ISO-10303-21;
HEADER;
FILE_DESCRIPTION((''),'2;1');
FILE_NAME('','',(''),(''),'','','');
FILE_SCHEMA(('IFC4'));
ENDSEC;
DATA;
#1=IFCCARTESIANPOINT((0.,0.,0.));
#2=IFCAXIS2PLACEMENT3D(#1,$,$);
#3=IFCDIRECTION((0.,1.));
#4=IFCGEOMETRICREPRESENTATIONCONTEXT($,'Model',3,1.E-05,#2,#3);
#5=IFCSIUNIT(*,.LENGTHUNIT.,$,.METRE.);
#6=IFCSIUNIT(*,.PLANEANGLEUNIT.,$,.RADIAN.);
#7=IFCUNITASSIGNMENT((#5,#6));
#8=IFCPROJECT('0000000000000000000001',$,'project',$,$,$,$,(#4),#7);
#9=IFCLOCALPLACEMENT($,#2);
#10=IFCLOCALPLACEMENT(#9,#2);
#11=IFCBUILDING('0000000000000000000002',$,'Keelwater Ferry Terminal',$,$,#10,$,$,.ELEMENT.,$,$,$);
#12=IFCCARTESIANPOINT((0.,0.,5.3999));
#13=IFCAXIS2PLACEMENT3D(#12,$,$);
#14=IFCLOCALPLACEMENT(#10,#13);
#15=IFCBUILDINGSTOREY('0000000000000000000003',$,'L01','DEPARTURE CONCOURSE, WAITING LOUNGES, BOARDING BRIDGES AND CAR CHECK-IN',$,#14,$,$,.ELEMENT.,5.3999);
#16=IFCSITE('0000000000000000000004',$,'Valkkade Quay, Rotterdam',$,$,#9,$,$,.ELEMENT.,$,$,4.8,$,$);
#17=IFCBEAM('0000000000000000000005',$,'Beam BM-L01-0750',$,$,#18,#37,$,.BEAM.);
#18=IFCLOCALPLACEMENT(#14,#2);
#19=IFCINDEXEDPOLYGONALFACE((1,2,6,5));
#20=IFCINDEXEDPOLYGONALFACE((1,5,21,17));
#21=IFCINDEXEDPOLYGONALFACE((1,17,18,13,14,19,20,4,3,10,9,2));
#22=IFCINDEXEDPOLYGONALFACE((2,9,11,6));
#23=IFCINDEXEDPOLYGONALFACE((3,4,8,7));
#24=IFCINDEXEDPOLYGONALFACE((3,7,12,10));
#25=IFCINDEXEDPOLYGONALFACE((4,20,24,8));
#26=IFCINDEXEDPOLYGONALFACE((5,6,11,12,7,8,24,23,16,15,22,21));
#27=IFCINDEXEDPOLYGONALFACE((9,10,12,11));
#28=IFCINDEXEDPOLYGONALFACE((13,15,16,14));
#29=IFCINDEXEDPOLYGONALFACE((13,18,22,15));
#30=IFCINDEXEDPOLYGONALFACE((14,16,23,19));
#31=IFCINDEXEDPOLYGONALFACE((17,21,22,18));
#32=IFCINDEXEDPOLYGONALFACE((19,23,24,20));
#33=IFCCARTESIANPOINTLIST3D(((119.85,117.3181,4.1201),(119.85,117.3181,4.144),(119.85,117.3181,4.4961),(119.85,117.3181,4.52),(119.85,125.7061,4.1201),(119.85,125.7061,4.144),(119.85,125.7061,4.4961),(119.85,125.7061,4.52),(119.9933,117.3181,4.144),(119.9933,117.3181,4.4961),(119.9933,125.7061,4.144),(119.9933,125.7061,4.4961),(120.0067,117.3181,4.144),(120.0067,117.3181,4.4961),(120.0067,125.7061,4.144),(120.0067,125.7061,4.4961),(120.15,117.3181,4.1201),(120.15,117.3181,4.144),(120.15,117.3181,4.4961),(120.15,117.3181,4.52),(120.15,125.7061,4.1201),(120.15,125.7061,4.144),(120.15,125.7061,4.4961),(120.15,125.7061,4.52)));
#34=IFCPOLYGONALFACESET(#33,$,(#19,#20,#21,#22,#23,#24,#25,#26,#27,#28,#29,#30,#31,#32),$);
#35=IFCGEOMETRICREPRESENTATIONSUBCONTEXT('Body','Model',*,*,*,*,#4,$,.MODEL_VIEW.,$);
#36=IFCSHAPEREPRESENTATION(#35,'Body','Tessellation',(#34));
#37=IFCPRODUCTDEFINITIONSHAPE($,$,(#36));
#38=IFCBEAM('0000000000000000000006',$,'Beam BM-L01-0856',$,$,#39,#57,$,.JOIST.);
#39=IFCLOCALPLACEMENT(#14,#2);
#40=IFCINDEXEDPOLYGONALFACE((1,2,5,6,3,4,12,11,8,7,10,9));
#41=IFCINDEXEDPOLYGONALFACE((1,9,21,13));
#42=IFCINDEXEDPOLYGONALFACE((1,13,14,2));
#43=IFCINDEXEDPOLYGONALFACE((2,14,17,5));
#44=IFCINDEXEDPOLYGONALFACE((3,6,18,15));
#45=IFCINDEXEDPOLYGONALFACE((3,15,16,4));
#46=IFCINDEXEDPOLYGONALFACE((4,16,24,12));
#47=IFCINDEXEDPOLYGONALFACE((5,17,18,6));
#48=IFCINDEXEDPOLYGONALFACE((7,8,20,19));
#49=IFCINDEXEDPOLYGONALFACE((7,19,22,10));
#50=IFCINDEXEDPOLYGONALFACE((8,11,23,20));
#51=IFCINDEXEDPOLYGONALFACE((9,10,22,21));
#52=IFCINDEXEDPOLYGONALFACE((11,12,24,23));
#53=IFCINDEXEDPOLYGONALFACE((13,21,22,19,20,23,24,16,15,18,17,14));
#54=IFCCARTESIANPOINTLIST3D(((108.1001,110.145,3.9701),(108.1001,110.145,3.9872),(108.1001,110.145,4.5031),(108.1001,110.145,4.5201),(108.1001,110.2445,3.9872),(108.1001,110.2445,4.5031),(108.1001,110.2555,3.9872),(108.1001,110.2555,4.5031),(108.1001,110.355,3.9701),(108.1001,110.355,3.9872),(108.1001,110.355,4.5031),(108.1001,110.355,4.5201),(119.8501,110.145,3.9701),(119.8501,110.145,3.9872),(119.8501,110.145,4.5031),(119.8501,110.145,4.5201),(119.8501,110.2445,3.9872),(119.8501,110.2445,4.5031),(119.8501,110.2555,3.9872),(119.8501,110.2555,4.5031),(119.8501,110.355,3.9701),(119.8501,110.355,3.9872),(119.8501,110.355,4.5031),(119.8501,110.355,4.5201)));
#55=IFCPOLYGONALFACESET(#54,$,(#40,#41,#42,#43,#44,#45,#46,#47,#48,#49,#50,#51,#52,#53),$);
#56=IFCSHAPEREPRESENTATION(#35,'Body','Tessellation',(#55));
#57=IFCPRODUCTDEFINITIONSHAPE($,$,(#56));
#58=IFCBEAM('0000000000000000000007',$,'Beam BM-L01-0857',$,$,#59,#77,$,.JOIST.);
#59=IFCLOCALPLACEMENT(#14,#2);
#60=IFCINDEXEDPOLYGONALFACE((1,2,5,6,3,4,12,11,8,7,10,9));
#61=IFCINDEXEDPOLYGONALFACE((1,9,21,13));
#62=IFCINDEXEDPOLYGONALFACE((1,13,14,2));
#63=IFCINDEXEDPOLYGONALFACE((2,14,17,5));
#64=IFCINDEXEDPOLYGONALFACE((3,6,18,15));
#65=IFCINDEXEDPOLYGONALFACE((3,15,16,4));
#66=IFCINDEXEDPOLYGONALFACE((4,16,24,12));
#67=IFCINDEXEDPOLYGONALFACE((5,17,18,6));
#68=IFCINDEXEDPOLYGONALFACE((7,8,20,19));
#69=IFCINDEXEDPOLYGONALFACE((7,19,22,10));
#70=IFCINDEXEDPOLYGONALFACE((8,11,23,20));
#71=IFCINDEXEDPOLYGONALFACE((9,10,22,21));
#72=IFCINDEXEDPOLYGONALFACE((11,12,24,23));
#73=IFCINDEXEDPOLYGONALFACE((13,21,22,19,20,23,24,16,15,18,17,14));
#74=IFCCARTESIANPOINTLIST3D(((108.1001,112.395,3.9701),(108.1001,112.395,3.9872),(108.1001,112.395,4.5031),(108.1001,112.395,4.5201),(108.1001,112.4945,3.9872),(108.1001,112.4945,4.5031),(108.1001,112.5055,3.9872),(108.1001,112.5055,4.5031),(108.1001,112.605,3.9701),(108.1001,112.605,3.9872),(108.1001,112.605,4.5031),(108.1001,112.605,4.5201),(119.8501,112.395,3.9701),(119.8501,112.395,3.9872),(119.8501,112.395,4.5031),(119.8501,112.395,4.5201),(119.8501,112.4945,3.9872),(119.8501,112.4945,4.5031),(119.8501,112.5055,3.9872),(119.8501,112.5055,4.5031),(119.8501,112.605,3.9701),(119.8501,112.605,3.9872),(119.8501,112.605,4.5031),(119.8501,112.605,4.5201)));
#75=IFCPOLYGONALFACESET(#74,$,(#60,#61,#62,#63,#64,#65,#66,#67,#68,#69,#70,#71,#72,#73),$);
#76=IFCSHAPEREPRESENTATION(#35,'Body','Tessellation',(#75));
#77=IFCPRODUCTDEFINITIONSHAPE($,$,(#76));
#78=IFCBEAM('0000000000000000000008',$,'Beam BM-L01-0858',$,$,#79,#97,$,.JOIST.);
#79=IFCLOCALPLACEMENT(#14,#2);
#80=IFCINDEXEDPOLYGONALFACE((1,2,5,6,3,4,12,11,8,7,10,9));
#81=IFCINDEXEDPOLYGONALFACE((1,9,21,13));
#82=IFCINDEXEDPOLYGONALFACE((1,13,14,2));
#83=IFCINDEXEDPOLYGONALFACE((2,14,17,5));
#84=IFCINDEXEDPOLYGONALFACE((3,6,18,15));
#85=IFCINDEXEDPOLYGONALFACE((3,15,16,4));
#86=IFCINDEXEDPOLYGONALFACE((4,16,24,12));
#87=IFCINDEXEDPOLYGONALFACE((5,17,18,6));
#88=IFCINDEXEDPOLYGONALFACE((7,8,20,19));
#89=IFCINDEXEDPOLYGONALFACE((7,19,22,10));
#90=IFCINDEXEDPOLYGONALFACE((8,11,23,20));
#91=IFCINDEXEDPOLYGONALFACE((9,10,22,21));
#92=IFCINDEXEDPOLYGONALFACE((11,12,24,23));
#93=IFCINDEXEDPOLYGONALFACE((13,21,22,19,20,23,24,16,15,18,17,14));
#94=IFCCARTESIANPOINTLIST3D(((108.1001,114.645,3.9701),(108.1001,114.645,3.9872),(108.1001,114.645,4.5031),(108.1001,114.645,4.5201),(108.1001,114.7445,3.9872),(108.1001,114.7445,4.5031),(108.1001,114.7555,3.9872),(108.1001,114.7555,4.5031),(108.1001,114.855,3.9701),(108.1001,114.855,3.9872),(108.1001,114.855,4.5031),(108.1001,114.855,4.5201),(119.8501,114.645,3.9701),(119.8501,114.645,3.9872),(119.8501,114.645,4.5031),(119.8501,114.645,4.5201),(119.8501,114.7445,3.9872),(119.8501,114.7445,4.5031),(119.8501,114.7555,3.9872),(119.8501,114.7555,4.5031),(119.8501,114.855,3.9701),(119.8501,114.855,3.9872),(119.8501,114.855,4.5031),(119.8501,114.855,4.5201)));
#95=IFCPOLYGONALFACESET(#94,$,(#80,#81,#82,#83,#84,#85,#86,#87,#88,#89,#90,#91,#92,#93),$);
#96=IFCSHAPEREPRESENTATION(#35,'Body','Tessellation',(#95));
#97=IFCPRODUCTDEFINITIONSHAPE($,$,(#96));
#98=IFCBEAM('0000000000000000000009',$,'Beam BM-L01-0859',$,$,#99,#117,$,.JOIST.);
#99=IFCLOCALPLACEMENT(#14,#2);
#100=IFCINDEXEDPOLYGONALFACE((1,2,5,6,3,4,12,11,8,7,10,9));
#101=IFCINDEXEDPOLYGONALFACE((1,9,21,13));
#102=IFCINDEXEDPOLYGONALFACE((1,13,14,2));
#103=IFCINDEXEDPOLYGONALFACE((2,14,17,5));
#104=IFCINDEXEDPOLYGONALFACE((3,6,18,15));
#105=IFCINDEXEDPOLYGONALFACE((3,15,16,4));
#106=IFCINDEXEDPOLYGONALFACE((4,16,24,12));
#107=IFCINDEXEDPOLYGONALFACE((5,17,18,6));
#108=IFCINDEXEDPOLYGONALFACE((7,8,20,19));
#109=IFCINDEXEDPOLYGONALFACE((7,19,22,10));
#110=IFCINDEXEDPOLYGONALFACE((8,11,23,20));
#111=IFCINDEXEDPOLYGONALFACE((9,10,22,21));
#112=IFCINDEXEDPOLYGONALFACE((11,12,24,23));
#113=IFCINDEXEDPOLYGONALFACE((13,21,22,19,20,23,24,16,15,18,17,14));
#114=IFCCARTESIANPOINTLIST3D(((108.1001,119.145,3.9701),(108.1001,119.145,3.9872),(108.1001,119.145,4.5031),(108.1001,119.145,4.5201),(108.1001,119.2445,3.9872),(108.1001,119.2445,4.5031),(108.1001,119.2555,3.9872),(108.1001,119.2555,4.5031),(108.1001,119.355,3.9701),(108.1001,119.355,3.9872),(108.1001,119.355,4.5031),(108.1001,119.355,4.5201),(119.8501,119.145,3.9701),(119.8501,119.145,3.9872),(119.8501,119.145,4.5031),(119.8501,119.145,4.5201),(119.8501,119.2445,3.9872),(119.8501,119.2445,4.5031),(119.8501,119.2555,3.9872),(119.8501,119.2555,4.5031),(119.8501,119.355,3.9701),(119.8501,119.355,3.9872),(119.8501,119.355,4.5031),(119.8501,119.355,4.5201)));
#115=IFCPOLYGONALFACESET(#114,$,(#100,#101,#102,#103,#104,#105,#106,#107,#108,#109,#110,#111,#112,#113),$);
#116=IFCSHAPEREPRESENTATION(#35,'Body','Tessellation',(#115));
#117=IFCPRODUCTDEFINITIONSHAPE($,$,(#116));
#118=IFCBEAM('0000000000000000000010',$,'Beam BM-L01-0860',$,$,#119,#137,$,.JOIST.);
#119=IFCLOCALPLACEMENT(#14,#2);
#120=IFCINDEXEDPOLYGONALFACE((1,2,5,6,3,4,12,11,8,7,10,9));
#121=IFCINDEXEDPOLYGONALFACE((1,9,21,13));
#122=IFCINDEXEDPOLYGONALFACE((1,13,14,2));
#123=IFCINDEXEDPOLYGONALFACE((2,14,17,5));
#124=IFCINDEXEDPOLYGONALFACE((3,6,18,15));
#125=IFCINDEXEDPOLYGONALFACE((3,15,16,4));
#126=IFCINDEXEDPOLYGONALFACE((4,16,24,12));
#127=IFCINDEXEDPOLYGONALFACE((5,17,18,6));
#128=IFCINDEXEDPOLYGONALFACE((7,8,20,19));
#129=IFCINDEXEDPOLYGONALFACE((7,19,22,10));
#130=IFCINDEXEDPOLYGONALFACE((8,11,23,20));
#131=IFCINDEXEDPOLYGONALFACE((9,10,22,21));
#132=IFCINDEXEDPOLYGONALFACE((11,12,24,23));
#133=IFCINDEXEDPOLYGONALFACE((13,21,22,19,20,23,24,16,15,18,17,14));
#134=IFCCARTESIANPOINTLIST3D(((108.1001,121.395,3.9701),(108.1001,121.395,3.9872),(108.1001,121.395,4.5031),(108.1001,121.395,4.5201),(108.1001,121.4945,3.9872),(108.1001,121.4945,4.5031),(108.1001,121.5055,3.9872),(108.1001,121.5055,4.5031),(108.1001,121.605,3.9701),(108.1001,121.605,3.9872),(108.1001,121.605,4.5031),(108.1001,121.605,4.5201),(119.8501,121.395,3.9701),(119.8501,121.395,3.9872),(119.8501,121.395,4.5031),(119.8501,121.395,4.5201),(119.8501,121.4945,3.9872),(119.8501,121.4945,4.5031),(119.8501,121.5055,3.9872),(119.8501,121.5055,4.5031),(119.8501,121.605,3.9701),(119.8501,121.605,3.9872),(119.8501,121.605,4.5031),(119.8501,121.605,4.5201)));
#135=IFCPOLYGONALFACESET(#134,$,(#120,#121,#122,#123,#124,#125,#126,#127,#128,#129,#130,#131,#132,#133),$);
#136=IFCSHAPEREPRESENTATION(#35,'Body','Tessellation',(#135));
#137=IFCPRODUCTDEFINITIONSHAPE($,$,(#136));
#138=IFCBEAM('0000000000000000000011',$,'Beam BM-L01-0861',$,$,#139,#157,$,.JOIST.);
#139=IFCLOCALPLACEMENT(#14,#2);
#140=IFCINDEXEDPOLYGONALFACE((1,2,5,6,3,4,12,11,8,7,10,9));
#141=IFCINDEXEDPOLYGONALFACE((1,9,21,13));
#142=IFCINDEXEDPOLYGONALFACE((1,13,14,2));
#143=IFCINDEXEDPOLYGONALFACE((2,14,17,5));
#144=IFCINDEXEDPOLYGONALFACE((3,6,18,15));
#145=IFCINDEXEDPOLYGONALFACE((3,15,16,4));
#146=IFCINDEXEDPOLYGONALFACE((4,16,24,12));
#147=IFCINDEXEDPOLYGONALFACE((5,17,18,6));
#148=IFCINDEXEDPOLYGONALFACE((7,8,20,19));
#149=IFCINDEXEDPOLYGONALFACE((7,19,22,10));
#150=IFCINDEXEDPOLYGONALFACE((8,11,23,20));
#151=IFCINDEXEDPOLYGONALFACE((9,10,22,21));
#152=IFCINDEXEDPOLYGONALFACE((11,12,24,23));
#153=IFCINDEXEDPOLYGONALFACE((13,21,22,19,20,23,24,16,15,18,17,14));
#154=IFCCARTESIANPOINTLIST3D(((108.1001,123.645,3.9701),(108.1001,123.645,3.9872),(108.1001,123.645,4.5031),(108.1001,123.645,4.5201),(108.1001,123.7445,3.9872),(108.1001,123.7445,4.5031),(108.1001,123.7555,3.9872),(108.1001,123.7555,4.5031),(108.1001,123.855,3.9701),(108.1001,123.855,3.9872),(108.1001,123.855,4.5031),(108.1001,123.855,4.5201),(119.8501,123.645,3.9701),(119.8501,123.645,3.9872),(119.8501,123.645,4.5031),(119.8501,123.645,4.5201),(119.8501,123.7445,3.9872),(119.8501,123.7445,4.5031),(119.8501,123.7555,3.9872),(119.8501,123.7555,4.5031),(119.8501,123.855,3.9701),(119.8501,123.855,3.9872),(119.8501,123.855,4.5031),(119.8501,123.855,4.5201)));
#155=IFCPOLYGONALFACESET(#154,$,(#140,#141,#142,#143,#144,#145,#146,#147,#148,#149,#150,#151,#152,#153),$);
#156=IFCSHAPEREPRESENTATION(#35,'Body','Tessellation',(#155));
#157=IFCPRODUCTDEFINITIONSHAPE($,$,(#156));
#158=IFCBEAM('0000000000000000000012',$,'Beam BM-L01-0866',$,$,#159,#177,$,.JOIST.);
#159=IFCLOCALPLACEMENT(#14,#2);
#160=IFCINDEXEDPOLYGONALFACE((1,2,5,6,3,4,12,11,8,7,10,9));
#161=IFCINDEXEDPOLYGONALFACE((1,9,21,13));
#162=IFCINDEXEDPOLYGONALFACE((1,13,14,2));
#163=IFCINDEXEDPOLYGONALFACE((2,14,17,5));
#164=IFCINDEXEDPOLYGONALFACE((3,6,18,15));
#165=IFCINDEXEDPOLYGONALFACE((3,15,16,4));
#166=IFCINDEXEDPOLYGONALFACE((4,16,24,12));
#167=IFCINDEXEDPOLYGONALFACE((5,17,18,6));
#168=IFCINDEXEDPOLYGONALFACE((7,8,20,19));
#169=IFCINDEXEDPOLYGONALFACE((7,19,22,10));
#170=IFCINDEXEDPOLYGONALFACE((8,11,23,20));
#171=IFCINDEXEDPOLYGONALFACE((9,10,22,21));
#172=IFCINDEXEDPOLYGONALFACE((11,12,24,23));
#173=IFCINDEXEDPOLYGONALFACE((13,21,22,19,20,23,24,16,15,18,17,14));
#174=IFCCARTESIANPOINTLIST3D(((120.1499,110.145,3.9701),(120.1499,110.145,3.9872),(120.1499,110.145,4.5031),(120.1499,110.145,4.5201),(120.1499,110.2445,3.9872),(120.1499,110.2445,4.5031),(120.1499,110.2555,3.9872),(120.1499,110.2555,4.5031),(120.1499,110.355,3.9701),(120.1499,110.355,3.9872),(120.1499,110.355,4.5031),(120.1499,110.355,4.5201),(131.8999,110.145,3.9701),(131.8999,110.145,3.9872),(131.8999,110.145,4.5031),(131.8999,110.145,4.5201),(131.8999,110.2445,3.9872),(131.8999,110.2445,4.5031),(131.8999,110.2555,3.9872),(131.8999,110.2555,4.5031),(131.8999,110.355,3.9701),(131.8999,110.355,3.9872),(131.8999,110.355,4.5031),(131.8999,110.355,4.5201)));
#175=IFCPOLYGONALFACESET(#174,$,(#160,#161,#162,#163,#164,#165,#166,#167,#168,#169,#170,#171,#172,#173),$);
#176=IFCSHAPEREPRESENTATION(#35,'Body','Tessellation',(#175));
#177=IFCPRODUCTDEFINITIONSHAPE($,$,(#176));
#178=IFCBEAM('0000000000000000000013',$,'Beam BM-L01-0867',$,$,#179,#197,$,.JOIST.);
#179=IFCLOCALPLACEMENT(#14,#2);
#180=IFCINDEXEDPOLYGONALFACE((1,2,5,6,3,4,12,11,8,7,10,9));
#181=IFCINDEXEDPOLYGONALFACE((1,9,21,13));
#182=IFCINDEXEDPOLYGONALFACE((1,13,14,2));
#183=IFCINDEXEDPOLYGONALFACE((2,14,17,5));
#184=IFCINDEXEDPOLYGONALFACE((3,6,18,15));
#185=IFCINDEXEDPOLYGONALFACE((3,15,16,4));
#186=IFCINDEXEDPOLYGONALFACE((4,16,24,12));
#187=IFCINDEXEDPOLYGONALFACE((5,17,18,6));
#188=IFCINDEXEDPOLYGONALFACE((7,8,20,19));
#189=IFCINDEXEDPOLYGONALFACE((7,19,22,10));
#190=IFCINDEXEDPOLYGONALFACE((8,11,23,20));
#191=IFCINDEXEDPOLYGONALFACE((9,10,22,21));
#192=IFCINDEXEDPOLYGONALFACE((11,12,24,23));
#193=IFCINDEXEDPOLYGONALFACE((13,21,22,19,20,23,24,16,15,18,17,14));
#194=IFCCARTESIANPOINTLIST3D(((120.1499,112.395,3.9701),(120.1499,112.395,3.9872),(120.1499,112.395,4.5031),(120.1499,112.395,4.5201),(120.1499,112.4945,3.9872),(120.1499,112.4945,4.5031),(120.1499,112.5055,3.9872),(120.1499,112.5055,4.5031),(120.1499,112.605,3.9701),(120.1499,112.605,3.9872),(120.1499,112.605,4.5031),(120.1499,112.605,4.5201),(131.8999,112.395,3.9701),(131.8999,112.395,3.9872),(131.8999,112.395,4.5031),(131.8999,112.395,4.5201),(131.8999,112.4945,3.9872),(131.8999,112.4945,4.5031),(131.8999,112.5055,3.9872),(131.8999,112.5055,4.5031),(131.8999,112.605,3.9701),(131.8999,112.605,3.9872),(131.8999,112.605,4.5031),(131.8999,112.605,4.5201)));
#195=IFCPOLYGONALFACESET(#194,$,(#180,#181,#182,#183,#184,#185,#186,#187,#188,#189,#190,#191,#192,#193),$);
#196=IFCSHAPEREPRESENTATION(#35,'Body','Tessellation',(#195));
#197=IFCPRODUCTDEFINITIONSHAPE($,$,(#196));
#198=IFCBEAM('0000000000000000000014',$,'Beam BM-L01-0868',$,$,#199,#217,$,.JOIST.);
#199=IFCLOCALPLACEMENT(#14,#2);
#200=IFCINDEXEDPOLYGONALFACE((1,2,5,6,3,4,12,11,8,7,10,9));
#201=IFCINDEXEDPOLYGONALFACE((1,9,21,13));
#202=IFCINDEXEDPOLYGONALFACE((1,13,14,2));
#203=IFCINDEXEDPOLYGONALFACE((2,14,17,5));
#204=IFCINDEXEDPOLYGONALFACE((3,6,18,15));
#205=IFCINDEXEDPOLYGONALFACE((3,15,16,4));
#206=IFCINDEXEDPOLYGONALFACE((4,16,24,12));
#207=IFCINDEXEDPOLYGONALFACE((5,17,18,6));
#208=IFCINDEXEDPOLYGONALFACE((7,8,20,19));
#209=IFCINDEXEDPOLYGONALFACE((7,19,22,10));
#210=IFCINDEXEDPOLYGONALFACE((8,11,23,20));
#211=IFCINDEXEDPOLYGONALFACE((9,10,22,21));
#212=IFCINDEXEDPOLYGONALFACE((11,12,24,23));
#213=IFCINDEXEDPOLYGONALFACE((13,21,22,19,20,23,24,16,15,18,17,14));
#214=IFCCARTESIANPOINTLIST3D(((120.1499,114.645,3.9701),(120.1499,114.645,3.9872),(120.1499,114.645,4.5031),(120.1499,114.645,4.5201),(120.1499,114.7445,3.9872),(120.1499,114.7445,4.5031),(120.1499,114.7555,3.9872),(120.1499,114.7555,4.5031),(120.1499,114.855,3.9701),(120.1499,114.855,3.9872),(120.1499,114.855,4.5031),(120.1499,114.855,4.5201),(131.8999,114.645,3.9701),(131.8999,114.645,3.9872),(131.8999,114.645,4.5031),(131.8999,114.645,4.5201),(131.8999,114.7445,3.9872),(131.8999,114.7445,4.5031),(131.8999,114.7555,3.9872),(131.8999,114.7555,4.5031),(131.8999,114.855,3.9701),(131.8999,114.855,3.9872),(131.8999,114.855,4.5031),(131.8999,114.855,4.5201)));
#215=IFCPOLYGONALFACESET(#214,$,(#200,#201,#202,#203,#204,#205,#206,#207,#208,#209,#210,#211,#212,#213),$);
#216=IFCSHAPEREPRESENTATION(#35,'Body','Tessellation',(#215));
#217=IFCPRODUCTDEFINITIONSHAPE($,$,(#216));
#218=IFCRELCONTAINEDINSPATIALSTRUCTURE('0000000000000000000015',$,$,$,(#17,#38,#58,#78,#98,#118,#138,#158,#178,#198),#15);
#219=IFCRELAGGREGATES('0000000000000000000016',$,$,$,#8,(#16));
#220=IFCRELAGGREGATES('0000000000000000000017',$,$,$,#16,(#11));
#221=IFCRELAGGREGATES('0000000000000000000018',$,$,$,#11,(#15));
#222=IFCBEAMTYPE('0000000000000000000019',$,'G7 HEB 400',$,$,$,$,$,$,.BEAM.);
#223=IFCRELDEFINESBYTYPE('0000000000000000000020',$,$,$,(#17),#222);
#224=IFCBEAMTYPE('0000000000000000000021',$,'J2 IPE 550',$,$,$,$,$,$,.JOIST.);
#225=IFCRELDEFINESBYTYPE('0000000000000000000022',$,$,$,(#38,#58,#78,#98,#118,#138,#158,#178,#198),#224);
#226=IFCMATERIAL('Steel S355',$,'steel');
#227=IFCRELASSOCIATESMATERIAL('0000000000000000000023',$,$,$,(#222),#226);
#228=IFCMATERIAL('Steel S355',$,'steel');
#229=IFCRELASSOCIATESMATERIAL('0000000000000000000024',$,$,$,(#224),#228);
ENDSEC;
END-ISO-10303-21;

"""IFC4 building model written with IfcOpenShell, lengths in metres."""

from ifc_helpers import new_model, si_unit, direction, frame, origin, origin_2d, place, context, subcontext, project, spatial, i_section, extrude, material, material_profile, profile_set, type_object, element, save


model = new_model("IFC4")

# Units and contexts
model_context = context("Model", 3, precision=1e-05, world=origin(), true_north=direction((0.0, 1.0)))
body_context = subcontext(model_context, "Body", "Model", "MODEL_VIEW")
ifc_project = project(units=[si_unit("LENGTHUNIT", "METRE"), si_unit("PLANEANGLEUNIT", "RADIAN")], contexts=[model_context])

# Site, building, storey
site_placement = place(None, origin())
site = spatial("IfcSite", under=ifc_project, at=site_placement, Name="Valkkade Quay, Rotterdam", CompositionType="ELEMENT", RefElevation=4.8)
building_placement = place(site_placement, origin())
building = spatial("IfcBuilding", under=site, at=building_placement, Name="Keelwater Ferry Terminal", CompositionType="ELEMENT")
storey_placement = place(building_placement, frame((0.0, 0.0, 5.3999)))
storey = spatial("IfcBuildingStorey", under=building, at=storey_placement, Name="L01", Description="DEPARTURE CONCOURSE, WAITING LOUNGES, BOARDING BRIDGES AND CAR CHECK-IN", CompositionType="ELEMENT", Elevation=5.3999)

# Beams
ifc_material_1 = material(Name="Steel S355", Category="steel")
ifc_material_profile_1 = material_profile(ifc_material_1, i_section(OverallWidth=0.3, OverallDepth=0.3999, WebThickness=0.0134, FlangeThickness=0.0239, at=origin_2d()), Name="HEB 400")
ifc_profile_set_1 = profile_set([ifc_material_profile_1], Name="Steel S355")
beam_type_1 = type_object("IfcBeamType", Name="G7 HEB 400", PredefinedType="BEAM", material=ifc_profile_set_1)
beam_1_placement = place(storey_placement, frame((120.0, 117.3181, 4.3201), z_axis=(0.0, 1.0, 0.0), x_axis=(-1.0, 0.0, 0.0)))
element("IfcBeam", 1, at=beam_1_placement, inside=storey, type_object=beam_type_1, Name="Beam BM-L01-0750", PredefinedType="BEAM", context=body_context, shape_type="SweptSolid", body=[
    extrude(i_section(OverallWidth=0.3, OverallDepth=0.3999, WebThickness=0.0134, FlangeThickness=0.0239, at=origin_2d()), origin(), (0.0, 0.0, 1.0), 8.3879),
])
ifc_material_2 = material(Name="Steel S355", Category="steel")
ifc_material_profile_2 = material_profile(ifc_material_2, i_section(OverallWidth=0.21, OverallDepth=0.55, WebThickness=0.011, FlangeThickness=0.0171, at=origin_2d()), Name="IPE 550")
ifc_profile_set_2 = profile_set([ifc_material_profile_2], Name="Steel S355")
beam_type_2 = type_object("IfcBeamType", Name="J2 IPE 550", PredefinedType="JOIST", material=ifc_profile_set_2)
for number, where, z_axis, x_axis, name in (
    (2, (108.1001, 110.25, 4.2451), (1.0, 0.0, 0.0), (0.0, 1.0, 0.0), "Beam BM-L01-0856"),
    (3, (108.1001, 112.5, 4.2451), (1.0, 0.0, 0.0), (0.0, 1.0, 0.0), "Beam BM-L01-0857"),
    (4, (108.1001, 114.75, 4.2451), (1.0, 0.0, 0.0), (0.0, 1.0, 0.0), "Beam BM-L01-0858"),
    (5, (108.1001, 119.25, 4.2451), (1.0, 0.0, 0.0), (0.0, 1.0, 0.0), "Beam BM-L01-0859"),
    (6, (108.1001, 121.5, 4.2451), (1.0, 0.0, 0.0), (0.0, 1.0, 0.0), "Beam BM-L01-0860"),
    (7, (108.1001, 123.75, 4.2451), (1.0, 0.0, 0.0), (0.0, 1.0, 0.0), "Beam BM-L01-0861"),
    (8, (120.1499, 110.25, 4.2451), (1.0, 0.0, 0.0), (0.0, 1.0, 0.0), "Beam BM-L01-0866"),
    (9, (120.1499, 112.5, 4.2451), (1.0, 0.0, 0.0), (0.0, 1.0, 0.0), "Beam BM-L01-0867"),
    (10, (120.1499, 114.75, 4.2451), (1.0, 0.0, 0.0), (0.0, 1.0, 0.0), "Beam BM-L01-0868"),
):
    element("IfcBeam", number, at=place(storey_placement, frame(where, z_axis=z_axis, x_axis=x_axis)), inside=storey, type_object=beam_type_2, Name=name, PredefinedType="JOIST", context=body_context, shape_type="SweptSolid", body=[
        extrude(i_section(OverallWidth=0.21, OverallDepth=0.55, WebThickness=0.011, FlangeThickness=0.0171, at=origin_2d()), origin(), (0.0, 0.0, 1.0), 11.75),
    ])

save(model, "model.ifc")
